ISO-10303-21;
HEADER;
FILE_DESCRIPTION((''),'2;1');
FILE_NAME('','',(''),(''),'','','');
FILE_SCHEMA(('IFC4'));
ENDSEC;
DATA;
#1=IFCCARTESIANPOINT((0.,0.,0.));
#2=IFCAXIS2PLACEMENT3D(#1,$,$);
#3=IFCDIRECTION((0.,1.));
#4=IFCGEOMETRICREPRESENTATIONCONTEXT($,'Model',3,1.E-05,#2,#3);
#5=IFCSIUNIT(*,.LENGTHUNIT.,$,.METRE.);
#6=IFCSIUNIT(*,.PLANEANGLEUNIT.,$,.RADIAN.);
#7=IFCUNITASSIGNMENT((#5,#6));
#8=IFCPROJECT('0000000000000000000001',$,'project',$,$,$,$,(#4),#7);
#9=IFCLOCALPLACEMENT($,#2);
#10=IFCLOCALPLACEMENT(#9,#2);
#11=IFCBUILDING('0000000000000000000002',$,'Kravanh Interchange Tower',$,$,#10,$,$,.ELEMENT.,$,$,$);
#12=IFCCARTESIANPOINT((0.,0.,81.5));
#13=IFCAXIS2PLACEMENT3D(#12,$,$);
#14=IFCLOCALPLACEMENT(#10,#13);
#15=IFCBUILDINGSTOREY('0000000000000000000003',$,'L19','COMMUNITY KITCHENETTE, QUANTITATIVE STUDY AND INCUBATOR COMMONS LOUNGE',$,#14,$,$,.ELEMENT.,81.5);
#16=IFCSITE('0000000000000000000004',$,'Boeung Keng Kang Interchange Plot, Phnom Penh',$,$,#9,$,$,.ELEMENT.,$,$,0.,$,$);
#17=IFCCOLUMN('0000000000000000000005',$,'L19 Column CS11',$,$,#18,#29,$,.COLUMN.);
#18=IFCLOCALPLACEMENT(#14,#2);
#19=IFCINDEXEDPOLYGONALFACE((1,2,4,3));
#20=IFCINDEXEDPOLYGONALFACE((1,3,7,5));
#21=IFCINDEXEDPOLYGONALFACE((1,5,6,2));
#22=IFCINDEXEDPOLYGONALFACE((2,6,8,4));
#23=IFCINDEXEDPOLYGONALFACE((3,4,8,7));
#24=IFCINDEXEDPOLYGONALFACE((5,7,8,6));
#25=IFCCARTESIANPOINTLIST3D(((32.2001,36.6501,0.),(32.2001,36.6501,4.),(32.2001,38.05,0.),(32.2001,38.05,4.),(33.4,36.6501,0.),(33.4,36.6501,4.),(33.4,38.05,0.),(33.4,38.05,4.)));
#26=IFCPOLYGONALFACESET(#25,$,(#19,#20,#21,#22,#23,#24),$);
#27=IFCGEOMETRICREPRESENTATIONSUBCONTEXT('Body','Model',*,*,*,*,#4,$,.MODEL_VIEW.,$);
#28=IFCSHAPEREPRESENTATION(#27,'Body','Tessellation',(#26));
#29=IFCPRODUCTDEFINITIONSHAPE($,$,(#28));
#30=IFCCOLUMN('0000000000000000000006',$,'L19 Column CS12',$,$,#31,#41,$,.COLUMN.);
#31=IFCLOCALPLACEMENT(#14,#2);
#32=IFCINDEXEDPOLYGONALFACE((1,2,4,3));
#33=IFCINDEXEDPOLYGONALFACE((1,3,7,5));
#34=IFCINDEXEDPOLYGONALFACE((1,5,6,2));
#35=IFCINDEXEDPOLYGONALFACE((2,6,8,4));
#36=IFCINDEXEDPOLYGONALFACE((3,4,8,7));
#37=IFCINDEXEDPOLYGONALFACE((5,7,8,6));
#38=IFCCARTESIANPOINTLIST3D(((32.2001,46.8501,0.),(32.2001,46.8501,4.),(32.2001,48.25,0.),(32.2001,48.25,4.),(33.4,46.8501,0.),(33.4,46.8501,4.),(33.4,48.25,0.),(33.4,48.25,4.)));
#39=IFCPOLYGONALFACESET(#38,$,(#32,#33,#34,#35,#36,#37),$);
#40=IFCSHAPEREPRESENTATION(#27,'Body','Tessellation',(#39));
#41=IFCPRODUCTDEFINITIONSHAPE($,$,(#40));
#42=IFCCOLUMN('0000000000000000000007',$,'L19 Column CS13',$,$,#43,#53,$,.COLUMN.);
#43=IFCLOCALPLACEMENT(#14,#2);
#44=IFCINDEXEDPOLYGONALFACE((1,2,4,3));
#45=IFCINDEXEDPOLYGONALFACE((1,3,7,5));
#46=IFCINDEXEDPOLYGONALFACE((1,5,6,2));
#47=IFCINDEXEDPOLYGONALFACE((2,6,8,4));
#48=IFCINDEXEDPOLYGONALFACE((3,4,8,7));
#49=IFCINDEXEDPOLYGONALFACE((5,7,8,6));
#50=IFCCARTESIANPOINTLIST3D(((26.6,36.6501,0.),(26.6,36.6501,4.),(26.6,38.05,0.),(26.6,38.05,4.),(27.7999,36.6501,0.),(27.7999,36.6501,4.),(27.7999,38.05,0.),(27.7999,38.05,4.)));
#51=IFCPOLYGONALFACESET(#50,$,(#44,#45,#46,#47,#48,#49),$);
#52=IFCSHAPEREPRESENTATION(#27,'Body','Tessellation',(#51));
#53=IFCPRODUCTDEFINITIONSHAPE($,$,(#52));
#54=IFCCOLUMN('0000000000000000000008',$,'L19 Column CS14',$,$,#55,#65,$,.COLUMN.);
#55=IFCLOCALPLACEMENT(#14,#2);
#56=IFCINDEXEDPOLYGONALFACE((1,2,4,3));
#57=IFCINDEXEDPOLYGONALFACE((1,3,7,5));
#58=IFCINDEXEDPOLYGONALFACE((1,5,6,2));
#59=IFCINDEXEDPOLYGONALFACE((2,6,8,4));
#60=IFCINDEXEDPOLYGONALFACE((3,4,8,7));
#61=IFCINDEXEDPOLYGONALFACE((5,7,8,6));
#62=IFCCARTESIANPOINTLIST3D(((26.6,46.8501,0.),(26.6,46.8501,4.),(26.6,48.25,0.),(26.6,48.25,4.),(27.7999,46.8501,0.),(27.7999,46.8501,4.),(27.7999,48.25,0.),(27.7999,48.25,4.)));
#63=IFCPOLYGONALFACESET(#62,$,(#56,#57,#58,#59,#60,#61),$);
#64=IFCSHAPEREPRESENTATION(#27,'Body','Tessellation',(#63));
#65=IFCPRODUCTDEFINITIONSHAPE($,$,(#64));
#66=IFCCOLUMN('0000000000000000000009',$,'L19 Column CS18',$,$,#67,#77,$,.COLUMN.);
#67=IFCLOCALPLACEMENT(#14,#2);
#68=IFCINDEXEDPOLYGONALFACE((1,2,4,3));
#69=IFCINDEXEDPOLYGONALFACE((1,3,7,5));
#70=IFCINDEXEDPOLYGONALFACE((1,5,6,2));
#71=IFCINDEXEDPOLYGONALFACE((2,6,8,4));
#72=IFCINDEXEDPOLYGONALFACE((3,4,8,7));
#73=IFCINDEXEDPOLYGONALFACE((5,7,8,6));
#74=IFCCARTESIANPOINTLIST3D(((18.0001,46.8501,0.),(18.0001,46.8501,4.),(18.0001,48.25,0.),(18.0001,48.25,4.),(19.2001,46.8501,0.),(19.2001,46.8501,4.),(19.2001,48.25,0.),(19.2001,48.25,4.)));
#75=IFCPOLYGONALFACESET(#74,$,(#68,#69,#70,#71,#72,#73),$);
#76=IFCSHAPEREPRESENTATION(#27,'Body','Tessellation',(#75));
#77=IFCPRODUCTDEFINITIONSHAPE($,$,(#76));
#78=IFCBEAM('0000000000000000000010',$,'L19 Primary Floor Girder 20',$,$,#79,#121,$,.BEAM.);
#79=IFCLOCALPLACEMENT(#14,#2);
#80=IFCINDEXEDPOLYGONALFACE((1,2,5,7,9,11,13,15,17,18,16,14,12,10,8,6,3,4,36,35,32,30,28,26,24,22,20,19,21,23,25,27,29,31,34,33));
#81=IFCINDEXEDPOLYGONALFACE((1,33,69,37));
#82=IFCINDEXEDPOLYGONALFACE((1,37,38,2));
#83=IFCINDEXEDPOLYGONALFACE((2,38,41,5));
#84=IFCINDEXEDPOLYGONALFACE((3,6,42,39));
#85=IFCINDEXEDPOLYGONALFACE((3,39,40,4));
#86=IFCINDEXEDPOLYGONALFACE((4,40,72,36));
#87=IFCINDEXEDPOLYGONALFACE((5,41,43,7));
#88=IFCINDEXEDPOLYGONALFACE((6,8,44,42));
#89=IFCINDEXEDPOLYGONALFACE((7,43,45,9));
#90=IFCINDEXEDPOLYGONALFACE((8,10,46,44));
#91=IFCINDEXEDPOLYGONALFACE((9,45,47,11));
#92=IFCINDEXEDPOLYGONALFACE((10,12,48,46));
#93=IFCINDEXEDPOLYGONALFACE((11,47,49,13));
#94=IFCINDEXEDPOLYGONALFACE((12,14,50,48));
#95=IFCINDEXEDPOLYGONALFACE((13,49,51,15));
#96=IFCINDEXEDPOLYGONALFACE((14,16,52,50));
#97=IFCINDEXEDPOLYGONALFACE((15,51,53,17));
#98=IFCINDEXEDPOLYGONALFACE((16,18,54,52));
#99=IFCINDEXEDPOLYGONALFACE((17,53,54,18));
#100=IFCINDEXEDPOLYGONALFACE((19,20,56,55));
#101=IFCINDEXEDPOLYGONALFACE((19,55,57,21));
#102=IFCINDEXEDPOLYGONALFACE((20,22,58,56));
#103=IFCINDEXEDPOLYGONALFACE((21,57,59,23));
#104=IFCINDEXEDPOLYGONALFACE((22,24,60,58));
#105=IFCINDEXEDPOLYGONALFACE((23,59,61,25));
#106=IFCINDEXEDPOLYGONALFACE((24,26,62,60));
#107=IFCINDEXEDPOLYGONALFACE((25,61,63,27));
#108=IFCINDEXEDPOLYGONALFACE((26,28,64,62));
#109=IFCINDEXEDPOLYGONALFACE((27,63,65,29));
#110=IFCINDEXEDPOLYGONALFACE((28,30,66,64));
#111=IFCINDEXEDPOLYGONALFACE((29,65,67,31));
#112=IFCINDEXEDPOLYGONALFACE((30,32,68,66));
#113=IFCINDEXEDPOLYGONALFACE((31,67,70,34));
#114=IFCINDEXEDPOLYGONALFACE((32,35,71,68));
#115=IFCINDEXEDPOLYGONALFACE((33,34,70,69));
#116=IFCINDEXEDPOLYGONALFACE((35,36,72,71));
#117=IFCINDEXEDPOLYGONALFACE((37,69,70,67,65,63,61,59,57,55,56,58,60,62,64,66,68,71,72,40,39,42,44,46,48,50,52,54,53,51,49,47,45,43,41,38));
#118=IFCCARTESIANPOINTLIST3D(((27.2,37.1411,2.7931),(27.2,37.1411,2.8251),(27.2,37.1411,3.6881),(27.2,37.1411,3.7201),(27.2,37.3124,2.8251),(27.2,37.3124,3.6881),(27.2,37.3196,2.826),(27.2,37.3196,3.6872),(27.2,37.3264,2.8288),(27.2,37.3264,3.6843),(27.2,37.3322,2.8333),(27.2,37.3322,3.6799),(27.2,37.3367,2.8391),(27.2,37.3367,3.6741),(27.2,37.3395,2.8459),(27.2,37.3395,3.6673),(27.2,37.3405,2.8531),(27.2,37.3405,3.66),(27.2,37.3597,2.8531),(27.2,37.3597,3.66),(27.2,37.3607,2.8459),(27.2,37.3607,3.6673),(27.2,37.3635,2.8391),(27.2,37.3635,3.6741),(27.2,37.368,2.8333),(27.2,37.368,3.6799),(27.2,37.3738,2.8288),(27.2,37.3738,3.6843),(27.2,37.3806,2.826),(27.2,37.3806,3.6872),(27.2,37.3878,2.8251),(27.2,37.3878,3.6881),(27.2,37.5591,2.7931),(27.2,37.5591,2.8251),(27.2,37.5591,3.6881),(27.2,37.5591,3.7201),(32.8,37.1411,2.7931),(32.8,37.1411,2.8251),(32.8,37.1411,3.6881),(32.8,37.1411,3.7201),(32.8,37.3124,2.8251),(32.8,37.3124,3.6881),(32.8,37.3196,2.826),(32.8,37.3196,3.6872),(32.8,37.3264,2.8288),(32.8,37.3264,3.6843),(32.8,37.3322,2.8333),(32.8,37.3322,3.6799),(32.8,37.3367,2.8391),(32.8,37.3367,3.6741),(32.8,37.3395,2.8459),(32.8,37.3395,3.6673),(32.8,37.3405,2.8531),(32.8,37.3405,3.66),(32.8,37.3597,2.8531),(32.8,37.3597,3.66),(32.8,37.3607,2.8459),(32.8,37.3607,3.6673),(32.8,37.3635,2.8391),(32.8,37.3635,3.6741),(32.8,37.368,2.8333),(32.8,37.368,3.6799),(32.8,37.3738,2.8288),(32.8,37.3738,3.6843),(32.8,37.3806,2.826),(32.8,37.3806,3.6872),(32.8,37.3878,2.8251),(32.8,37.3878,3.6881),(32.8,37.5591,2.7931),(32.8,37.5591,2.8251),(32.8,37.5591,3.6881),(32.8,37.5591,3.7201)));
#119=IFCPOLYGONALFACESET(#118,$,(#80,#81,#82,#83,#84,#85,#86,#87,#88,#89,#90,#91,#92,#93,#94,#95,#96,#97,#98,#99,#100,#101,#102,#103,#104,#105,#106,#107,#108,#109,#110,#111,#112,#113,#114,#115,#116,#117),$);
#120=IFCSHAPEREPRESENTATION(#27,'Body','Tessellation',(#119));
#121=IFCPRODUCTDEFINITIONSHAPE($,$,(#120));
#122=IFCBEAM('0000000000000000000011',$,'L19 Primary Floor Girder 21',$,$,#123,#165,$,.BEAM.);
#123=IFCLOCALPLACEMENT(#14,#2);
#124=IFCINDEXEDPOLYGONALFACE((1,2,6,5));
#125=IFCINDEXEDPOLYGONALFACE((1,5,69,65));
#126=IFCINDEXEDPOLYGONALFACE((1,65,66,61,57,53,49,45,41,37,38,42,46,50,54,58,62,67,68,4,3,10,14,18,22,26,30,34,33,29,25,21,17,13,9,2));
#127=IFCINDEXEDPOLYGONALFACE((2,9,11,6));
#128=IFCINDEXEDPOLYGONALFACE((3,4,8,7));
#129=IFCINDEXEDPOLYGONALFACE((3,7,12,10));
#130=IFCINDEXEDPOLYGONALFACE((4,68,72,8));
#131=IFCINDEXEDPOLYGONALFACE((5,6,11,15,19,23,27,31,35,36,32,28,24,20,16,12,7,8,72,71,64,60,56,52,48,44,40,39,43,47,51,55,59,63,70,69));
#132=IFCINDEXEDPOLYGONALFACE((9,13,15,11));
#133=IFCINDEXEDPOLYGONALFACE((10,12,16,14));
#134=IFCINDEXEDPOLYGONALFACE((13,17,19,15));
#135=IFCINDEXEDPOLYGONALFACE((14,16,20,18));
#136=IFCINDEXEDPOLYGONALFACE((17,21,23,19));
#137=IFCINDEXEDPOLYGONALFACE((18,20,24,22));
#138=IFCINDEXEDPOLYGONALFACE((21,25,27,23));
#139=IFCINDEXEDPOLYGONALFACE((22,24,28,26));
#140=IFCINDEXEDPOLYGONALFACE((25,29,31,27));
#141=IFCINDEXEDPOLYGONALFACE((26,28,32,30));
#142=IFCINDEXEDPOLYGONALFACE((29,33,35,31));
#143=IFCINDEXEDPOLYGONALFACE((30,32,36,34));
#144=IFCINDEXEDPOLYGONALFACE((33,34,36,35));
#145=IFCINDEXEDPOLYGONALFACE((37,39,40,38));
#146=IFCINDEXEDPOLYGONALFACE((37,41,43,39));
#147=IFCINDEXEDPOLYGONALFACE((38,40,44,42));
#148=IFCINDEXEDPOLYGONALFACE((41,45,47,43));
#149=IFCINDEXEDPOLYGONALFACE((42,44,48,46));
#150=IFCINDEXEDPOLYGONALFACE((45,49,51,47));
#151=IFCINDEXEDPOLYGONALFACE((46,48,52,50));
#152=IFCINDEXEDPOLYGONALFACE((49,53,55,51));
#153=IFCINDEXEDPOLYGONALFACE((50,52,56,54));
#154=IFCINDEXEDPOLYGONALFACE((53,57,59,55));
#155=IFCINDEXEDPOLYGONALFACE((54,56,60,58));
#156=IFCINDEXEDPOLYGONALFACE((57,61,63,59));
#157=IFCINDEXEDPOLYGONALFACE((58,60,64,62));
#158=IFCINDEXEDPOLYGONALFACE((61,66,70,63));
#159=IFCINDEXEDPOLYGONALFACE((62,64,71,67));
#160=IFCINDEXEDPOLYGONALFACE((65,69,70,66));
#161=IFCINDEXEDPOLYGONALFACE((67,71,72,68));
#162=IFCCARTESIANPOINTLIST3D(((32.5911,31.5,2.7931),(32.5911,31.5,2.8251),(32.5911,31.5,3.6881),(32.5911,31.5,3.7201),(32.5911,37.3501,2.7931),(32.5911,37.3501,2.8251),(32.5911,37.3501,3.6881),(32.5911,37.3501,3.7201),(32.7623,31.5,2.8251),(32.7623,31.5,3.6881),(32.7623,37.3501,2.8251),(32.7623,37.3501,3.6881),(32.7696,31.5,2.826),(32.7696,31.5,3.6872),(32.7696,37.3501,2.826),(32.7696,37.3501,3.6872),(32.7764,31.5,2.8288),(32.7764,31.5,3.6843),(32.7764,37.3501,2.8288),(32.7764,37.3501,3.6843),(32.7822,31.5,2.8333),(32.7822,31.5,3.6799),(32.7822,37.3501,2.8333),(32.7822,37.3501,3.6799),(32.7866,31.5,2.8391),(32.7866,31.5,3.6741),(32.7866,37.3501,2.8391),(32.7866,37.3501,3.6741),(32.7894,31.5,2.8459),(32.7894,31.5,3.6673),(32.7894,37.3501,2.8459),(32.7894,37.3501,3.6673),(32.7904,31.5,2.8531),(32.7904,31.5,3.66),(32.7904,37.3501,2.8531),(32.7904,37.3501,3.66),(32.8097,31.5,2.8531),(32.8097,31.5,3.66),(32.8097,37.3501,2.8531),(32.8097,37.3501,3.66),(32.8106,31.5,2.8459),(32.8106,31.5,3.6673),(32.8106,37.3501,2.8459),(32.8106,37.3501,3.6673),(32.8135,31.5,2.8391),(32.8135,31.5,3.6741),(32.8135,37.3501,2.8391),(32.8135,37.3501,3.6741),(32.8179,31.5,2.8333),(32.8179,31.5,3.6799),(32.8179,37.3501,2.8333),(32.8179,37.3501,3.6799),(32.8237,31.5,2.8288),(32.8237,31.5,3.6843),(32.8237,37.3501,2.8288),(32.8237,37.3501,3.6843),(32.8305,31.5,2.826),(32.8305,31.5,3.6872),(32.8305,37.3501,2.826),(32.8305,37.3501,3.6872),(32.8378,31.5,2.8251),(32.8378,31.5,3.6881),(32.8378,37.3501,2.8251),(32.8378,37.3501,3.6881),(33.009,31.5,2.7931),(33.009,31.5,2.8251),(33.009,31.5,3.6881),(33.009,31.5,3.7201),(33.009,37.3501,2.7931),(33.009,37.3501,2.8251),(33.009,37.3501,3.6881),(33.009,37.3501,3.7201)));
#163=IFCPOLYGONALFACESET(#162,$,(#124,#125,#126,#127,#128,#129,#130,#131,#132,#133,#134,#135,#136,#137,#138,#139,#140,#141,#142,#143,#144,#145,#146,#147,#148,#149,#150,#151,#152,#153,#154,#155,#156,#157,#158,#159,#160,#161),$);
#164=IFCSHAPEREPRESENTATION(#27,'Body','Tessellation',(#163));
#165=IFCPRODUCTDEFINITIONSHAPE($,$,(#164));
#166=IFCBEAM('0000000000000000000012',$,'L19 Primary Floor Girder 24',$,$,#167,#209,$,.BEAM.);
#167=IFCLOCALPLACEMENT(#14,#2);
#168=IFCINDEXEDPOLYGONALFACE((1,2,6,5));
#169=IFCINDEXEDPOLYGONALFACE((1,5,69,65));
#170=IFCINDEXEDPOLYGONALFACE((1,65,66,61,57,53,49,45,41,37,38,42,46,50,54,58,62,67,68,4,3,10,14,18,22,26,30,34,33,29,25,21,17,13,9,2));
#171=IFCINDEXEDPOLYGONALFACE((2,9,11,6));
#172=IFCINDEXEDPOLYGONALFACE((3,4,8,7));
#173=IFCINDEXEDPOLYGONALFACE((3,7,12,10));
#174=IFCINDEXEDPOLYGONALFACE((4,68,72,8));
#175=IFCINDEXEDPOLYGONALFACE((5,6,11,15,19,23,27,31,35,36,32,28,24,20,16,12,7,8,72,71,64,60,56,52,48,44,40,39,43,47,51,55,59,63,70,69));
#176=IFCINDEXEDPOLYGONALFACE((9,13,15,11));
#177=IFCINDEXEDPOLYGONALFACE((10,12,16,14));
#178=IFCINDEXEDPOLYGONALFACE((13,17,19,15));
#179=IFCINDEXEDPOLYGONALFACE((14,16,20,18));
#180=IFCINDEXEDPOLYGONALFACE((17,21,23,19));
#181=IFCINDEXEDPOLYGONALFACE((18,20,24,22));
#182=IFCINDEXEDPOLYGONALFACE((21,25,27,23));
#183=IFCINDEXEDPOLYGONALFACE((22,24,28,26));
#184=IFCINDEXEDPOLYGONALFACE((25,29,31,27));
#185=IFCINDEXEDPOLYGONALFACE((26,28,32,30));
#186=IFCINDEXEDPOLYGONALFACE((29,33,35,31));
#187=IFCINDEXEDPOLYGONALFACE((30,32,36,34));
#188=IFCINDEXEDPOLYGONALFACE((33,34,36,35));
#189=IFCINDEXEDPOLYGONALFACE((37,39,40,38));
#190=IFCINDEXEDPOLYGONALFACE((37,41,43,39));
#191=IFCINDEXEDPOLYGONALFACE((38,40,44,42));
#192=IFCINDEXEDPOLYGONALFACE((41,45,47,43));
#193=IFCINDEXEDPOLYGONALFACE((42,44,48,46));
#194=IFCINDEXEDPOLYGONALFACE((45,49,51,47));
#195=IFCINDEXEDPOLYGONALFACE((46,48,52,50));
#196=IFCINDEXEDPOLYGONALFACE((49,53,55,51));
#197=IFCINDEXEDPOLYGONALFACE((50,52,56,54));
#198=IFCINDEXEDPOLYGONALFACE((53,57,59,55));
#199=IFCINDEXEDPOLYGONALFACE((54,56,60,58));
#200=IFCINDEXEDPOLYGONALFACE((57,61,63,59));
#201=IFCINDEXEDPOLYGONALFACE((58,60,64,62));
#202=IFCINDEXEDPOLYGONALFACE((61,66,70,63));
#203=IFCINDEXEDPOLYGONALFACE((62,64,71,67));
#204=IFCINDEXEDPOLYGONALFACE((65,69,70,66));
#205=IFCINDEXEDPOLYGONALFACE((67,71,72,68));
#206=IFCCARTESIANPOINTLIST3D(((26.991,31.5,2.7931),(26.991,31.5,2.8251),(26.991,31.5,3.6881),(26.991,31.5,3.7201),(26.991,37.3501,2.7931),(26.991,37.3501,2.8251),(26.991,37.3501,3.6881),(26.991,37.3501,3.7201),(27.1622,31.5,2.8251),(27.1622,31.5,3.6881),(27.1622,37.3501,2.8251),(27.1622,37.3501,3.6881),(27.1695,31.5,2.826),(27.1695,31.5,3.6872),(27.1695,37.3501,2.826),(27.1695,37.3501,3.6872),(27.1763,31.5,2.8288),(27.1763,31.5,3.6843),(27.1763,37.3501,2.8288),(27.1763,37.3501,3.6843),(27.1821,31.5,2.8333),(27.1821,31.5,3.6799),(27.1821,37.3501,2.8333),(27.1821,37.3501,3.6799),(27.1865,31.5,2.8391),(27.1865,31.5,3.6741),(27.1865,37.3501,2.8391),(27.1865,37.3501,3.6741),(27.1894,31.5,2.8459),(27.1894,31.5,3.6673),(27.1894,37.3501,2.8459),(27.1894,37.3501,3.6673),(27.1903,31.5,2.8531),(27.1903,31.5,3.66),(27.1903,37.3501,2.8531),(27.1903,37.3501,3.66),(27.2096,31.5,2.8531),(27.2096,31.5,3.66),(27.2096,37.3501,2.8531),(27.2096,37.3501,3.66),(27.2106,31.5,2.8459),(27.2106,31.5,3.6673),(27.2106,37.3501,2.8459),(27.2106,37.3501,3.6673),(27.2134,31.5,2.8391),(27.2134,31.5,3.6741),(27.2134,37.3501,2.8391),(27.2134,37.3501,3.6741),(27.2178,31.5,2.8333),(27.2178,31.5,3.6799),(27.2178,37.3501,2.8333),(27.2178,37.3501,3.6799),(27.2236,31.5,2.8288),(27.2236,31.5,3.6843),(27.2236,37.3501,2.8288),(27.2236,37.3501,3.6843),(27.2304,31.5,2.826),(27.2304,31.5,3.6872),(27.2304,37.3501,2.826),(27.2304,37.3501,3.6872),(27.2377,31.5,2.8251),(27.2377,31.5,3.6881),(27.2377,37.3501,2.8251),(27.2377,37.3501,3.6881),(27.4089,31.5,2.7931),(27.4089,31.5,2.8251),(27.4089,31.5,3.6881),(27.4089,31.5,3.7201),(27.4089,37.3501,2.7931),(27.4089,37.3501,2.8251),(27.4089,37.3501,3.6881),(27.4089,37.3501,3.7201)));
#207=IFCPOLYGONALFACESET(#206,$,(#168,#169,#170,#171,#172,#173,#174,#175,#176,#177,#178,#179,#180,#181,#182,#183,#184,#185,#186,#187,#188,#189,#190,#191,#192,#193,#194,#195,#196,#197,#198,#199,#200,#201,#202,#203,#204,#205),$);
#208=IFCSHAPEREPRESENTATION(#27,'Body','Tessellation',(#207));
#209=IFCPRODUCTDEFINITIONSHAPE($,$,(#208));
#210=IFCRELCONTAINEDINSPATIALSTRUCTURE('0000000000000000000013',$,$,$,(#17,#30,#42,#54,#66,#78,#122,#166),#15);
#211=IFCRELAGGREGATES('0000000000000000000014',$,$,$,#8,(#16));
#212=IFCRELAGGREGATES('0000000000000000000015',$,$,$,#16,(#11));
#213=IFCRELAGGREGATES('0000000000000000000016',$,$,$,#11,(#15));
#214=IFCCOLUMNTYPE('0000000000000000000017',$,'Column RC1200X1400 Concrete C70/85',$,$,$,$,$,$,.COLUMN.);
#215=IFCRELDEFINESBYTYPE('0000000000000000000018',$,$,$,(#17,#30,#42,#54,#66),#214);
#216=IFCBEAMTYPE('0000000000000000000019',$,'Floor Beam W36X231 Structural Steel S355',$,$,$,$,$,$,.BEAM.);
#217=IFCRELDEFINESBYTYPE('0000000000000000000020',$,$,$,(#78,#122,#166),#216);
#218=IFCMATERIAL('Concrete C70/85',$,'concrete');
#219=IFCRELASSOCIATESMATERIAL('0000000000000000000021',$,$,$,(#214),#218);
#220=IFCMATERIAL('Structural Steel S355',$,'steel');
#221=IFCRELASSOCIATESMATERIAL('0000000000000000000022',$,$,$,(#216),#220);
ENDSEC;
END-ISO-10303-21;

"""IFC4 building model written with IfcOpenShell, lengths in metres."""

from ifc_helpers import new_model, si_unit, direction, frame, origin, origin_2d, place, context, subcontext, project, spatial, rectangle, i_section, extrude, material, material_profile, profile_set, type_object, element, save


model = new_model("IFC4")

# Units and contexts
model_context = context("Model", 3, precision=1e-05, world=origin(), true_north=direction((0.0, 1.0)))
body_context = subcontext(model_context, "Body", "Model", "MODEL_VIEW")
ifc_project = project(units=[si_unit("LENGTHUNIT", "METRE"), si_unit("PLANEANGLEUNIT", "RADIAN")], contexts=[model_context])

# Site, building, storey
site_placement = place(None, origin())
site = spatial("IfcSite", under=ifc_project, at=site_placement, Name="Boeung Keng Kang Interchange Plot, Phnom Penh", CompositionType="ELEMENT", RefElevation=0.0)
building_placement = place(site_placement, origin())
building = spatial("IfcBuilding", under=site, at=building_placement, Name="Kravanh Interchange Tower", CompositionType="ELEMENT")
storey_placement = place(building_placement, frame((0.0, 0.0, 81.5)))
storey = spatial("IfcBuildingStorey", under=building, at=storey_placement, Name="L19", Description="COMMUNITY KITCHENETTE, QUANTITATIVE STUDY AND INCUBATOR COMMONS LOUNGE", CompositionType="ELEMENT", Elevation=81.5)

# Columns
ifc_material_1 = material(Name="Concrete C70/85", Category="concrete")
ifc_material_profile_1 = material_profile(ifc_material_1, rectangle(XDim=1.2, YDim=1.3999, at=origin_2d()), Name="RC1200X1400")
ifc_profile_set_1 = profile_set([ifc_material_profile_1], Name="Concrete C70/85")
column_type = type_object("IfcColumnType", Name="Column RC1200X1400 Concrete C70/85", PredefinedType="COLUMN", material=ifc_profile_set_1)
for number, where, z_axis, x_axis, name in (
    (1, (32.8, 37.3501, 0.0), (0.0, 0.0, 1.0), (1.0, 0.0, 0.0), "L19 Column CS11"),
    (2, (32.8, 47.55, 0.0), (0.0, 0.0, 1.0), (1.0, 0.0, 0.0), "L19 Column CS12"),
    (3, (27.2, 37.3501, 0.0), (0.0, 0.0, 1.0), (1.0, 0.0, 0.0), "L19 Column CS13"),
    (4, (27.2, 47.55, 0.0), (0.0, 0.0, 1.0), (1.0, 0.0, 0.0), "L19 Column CS14"),
    (5, (18.6001, 47.55, 0.0), (0.0, 0.0, 1.0), (1.0, 0.0, 0.0), "L19 Column CS18"),
):
    element("IfcColumn", number, at=place(storey_placement, frame(where, z_axis=z_axis, x_axis=x_axis)), inside=storey, type_object=column_type, Name=name, PredefinedType="COLUMN", context=body_context, shape_type="SweptSolid", body=[
        extrude(rectangle(XDim=1.2, YDim=1.3999, at=origin_2d()), origin(), (0.0, 0.0, 1.0), 4.0),
    ])

# Beams
ifc_material_2 = material(Name="Structural Steel S355", Category="steel")
ifc_material_profile_2 = material_profile(ifc_material_2, i_section(OverallWidth=0.418, OverallDepth=0.927, WebThickness=0.0193, FlangeThickness=0.032, FilletRadius=0.0281, at=origin_2d()), Name="W36X231")
ifc_profile_set_2 = profile_set([ifc_material_profile_2], Name="Structural Steel S355")
beam_type = type_object("IfcBeamType", Name="Floor Beam W36X231 Structural Steel S355", PredefinedType="BEAM", material=ifc_profile_set_2)
beam_1_placement = place(storey_placement, frame((32.8, 37.3501, 3.2566), z_axis=(-1.0, 0.0, 0.0), x_axis=(0.0, -1.0, 0.0)))
element("IfcBeam", 6, at=beam_1_placement, inside=storey, type_object=beam_type, Name="L19 Primary Floor Girder 20", PredefinedType="BEAM", context=body_context, shape_type="SweptSolid", body=[
    extrude(i_section(OverallWidth=0.418, OverallDepth=0.927, WebThickness=0.0193, FlangeThickness=0.032, FilletRadius=0.0281, at=origin_2d()), origin(), (0.0, 0.0, 1.0), 5.6001),
])
for number, where, z_axis, x_axis, name in (
    (7, (32.8, 37.3501, 3.2566), (0.0, -1.0, 0.0), (1.0, 0.0, 0.0), "L19 Primary Floor Girder 21"),
    (8, (27.2, 37.3501, 3.2566), (0.0, -1.0, 0.0), (1.0, 0.0, 0.0), "L19 Primary Floor Girder 24"),
):
    element("IfcBeam", number, at=place(storey_placement, frame(where, z_axis=z_axis, x_axis=x_axis)), inside=storey, type_object=beam_type, Name=name, PredefinedType="BEAM", context=body_context, shape_type="SweptSolid", body=[
        extrude(i_section(OverallWidth=0.418, OverallDepth=0.927, WebThickness=0.0193, FlangeThickness=0.032, FilletRadius=0.0281, at=origin_2d()), origin(), (0.0, 0.0, 1.0), 5.8501),
    ])

save(model, "model.ifc")
